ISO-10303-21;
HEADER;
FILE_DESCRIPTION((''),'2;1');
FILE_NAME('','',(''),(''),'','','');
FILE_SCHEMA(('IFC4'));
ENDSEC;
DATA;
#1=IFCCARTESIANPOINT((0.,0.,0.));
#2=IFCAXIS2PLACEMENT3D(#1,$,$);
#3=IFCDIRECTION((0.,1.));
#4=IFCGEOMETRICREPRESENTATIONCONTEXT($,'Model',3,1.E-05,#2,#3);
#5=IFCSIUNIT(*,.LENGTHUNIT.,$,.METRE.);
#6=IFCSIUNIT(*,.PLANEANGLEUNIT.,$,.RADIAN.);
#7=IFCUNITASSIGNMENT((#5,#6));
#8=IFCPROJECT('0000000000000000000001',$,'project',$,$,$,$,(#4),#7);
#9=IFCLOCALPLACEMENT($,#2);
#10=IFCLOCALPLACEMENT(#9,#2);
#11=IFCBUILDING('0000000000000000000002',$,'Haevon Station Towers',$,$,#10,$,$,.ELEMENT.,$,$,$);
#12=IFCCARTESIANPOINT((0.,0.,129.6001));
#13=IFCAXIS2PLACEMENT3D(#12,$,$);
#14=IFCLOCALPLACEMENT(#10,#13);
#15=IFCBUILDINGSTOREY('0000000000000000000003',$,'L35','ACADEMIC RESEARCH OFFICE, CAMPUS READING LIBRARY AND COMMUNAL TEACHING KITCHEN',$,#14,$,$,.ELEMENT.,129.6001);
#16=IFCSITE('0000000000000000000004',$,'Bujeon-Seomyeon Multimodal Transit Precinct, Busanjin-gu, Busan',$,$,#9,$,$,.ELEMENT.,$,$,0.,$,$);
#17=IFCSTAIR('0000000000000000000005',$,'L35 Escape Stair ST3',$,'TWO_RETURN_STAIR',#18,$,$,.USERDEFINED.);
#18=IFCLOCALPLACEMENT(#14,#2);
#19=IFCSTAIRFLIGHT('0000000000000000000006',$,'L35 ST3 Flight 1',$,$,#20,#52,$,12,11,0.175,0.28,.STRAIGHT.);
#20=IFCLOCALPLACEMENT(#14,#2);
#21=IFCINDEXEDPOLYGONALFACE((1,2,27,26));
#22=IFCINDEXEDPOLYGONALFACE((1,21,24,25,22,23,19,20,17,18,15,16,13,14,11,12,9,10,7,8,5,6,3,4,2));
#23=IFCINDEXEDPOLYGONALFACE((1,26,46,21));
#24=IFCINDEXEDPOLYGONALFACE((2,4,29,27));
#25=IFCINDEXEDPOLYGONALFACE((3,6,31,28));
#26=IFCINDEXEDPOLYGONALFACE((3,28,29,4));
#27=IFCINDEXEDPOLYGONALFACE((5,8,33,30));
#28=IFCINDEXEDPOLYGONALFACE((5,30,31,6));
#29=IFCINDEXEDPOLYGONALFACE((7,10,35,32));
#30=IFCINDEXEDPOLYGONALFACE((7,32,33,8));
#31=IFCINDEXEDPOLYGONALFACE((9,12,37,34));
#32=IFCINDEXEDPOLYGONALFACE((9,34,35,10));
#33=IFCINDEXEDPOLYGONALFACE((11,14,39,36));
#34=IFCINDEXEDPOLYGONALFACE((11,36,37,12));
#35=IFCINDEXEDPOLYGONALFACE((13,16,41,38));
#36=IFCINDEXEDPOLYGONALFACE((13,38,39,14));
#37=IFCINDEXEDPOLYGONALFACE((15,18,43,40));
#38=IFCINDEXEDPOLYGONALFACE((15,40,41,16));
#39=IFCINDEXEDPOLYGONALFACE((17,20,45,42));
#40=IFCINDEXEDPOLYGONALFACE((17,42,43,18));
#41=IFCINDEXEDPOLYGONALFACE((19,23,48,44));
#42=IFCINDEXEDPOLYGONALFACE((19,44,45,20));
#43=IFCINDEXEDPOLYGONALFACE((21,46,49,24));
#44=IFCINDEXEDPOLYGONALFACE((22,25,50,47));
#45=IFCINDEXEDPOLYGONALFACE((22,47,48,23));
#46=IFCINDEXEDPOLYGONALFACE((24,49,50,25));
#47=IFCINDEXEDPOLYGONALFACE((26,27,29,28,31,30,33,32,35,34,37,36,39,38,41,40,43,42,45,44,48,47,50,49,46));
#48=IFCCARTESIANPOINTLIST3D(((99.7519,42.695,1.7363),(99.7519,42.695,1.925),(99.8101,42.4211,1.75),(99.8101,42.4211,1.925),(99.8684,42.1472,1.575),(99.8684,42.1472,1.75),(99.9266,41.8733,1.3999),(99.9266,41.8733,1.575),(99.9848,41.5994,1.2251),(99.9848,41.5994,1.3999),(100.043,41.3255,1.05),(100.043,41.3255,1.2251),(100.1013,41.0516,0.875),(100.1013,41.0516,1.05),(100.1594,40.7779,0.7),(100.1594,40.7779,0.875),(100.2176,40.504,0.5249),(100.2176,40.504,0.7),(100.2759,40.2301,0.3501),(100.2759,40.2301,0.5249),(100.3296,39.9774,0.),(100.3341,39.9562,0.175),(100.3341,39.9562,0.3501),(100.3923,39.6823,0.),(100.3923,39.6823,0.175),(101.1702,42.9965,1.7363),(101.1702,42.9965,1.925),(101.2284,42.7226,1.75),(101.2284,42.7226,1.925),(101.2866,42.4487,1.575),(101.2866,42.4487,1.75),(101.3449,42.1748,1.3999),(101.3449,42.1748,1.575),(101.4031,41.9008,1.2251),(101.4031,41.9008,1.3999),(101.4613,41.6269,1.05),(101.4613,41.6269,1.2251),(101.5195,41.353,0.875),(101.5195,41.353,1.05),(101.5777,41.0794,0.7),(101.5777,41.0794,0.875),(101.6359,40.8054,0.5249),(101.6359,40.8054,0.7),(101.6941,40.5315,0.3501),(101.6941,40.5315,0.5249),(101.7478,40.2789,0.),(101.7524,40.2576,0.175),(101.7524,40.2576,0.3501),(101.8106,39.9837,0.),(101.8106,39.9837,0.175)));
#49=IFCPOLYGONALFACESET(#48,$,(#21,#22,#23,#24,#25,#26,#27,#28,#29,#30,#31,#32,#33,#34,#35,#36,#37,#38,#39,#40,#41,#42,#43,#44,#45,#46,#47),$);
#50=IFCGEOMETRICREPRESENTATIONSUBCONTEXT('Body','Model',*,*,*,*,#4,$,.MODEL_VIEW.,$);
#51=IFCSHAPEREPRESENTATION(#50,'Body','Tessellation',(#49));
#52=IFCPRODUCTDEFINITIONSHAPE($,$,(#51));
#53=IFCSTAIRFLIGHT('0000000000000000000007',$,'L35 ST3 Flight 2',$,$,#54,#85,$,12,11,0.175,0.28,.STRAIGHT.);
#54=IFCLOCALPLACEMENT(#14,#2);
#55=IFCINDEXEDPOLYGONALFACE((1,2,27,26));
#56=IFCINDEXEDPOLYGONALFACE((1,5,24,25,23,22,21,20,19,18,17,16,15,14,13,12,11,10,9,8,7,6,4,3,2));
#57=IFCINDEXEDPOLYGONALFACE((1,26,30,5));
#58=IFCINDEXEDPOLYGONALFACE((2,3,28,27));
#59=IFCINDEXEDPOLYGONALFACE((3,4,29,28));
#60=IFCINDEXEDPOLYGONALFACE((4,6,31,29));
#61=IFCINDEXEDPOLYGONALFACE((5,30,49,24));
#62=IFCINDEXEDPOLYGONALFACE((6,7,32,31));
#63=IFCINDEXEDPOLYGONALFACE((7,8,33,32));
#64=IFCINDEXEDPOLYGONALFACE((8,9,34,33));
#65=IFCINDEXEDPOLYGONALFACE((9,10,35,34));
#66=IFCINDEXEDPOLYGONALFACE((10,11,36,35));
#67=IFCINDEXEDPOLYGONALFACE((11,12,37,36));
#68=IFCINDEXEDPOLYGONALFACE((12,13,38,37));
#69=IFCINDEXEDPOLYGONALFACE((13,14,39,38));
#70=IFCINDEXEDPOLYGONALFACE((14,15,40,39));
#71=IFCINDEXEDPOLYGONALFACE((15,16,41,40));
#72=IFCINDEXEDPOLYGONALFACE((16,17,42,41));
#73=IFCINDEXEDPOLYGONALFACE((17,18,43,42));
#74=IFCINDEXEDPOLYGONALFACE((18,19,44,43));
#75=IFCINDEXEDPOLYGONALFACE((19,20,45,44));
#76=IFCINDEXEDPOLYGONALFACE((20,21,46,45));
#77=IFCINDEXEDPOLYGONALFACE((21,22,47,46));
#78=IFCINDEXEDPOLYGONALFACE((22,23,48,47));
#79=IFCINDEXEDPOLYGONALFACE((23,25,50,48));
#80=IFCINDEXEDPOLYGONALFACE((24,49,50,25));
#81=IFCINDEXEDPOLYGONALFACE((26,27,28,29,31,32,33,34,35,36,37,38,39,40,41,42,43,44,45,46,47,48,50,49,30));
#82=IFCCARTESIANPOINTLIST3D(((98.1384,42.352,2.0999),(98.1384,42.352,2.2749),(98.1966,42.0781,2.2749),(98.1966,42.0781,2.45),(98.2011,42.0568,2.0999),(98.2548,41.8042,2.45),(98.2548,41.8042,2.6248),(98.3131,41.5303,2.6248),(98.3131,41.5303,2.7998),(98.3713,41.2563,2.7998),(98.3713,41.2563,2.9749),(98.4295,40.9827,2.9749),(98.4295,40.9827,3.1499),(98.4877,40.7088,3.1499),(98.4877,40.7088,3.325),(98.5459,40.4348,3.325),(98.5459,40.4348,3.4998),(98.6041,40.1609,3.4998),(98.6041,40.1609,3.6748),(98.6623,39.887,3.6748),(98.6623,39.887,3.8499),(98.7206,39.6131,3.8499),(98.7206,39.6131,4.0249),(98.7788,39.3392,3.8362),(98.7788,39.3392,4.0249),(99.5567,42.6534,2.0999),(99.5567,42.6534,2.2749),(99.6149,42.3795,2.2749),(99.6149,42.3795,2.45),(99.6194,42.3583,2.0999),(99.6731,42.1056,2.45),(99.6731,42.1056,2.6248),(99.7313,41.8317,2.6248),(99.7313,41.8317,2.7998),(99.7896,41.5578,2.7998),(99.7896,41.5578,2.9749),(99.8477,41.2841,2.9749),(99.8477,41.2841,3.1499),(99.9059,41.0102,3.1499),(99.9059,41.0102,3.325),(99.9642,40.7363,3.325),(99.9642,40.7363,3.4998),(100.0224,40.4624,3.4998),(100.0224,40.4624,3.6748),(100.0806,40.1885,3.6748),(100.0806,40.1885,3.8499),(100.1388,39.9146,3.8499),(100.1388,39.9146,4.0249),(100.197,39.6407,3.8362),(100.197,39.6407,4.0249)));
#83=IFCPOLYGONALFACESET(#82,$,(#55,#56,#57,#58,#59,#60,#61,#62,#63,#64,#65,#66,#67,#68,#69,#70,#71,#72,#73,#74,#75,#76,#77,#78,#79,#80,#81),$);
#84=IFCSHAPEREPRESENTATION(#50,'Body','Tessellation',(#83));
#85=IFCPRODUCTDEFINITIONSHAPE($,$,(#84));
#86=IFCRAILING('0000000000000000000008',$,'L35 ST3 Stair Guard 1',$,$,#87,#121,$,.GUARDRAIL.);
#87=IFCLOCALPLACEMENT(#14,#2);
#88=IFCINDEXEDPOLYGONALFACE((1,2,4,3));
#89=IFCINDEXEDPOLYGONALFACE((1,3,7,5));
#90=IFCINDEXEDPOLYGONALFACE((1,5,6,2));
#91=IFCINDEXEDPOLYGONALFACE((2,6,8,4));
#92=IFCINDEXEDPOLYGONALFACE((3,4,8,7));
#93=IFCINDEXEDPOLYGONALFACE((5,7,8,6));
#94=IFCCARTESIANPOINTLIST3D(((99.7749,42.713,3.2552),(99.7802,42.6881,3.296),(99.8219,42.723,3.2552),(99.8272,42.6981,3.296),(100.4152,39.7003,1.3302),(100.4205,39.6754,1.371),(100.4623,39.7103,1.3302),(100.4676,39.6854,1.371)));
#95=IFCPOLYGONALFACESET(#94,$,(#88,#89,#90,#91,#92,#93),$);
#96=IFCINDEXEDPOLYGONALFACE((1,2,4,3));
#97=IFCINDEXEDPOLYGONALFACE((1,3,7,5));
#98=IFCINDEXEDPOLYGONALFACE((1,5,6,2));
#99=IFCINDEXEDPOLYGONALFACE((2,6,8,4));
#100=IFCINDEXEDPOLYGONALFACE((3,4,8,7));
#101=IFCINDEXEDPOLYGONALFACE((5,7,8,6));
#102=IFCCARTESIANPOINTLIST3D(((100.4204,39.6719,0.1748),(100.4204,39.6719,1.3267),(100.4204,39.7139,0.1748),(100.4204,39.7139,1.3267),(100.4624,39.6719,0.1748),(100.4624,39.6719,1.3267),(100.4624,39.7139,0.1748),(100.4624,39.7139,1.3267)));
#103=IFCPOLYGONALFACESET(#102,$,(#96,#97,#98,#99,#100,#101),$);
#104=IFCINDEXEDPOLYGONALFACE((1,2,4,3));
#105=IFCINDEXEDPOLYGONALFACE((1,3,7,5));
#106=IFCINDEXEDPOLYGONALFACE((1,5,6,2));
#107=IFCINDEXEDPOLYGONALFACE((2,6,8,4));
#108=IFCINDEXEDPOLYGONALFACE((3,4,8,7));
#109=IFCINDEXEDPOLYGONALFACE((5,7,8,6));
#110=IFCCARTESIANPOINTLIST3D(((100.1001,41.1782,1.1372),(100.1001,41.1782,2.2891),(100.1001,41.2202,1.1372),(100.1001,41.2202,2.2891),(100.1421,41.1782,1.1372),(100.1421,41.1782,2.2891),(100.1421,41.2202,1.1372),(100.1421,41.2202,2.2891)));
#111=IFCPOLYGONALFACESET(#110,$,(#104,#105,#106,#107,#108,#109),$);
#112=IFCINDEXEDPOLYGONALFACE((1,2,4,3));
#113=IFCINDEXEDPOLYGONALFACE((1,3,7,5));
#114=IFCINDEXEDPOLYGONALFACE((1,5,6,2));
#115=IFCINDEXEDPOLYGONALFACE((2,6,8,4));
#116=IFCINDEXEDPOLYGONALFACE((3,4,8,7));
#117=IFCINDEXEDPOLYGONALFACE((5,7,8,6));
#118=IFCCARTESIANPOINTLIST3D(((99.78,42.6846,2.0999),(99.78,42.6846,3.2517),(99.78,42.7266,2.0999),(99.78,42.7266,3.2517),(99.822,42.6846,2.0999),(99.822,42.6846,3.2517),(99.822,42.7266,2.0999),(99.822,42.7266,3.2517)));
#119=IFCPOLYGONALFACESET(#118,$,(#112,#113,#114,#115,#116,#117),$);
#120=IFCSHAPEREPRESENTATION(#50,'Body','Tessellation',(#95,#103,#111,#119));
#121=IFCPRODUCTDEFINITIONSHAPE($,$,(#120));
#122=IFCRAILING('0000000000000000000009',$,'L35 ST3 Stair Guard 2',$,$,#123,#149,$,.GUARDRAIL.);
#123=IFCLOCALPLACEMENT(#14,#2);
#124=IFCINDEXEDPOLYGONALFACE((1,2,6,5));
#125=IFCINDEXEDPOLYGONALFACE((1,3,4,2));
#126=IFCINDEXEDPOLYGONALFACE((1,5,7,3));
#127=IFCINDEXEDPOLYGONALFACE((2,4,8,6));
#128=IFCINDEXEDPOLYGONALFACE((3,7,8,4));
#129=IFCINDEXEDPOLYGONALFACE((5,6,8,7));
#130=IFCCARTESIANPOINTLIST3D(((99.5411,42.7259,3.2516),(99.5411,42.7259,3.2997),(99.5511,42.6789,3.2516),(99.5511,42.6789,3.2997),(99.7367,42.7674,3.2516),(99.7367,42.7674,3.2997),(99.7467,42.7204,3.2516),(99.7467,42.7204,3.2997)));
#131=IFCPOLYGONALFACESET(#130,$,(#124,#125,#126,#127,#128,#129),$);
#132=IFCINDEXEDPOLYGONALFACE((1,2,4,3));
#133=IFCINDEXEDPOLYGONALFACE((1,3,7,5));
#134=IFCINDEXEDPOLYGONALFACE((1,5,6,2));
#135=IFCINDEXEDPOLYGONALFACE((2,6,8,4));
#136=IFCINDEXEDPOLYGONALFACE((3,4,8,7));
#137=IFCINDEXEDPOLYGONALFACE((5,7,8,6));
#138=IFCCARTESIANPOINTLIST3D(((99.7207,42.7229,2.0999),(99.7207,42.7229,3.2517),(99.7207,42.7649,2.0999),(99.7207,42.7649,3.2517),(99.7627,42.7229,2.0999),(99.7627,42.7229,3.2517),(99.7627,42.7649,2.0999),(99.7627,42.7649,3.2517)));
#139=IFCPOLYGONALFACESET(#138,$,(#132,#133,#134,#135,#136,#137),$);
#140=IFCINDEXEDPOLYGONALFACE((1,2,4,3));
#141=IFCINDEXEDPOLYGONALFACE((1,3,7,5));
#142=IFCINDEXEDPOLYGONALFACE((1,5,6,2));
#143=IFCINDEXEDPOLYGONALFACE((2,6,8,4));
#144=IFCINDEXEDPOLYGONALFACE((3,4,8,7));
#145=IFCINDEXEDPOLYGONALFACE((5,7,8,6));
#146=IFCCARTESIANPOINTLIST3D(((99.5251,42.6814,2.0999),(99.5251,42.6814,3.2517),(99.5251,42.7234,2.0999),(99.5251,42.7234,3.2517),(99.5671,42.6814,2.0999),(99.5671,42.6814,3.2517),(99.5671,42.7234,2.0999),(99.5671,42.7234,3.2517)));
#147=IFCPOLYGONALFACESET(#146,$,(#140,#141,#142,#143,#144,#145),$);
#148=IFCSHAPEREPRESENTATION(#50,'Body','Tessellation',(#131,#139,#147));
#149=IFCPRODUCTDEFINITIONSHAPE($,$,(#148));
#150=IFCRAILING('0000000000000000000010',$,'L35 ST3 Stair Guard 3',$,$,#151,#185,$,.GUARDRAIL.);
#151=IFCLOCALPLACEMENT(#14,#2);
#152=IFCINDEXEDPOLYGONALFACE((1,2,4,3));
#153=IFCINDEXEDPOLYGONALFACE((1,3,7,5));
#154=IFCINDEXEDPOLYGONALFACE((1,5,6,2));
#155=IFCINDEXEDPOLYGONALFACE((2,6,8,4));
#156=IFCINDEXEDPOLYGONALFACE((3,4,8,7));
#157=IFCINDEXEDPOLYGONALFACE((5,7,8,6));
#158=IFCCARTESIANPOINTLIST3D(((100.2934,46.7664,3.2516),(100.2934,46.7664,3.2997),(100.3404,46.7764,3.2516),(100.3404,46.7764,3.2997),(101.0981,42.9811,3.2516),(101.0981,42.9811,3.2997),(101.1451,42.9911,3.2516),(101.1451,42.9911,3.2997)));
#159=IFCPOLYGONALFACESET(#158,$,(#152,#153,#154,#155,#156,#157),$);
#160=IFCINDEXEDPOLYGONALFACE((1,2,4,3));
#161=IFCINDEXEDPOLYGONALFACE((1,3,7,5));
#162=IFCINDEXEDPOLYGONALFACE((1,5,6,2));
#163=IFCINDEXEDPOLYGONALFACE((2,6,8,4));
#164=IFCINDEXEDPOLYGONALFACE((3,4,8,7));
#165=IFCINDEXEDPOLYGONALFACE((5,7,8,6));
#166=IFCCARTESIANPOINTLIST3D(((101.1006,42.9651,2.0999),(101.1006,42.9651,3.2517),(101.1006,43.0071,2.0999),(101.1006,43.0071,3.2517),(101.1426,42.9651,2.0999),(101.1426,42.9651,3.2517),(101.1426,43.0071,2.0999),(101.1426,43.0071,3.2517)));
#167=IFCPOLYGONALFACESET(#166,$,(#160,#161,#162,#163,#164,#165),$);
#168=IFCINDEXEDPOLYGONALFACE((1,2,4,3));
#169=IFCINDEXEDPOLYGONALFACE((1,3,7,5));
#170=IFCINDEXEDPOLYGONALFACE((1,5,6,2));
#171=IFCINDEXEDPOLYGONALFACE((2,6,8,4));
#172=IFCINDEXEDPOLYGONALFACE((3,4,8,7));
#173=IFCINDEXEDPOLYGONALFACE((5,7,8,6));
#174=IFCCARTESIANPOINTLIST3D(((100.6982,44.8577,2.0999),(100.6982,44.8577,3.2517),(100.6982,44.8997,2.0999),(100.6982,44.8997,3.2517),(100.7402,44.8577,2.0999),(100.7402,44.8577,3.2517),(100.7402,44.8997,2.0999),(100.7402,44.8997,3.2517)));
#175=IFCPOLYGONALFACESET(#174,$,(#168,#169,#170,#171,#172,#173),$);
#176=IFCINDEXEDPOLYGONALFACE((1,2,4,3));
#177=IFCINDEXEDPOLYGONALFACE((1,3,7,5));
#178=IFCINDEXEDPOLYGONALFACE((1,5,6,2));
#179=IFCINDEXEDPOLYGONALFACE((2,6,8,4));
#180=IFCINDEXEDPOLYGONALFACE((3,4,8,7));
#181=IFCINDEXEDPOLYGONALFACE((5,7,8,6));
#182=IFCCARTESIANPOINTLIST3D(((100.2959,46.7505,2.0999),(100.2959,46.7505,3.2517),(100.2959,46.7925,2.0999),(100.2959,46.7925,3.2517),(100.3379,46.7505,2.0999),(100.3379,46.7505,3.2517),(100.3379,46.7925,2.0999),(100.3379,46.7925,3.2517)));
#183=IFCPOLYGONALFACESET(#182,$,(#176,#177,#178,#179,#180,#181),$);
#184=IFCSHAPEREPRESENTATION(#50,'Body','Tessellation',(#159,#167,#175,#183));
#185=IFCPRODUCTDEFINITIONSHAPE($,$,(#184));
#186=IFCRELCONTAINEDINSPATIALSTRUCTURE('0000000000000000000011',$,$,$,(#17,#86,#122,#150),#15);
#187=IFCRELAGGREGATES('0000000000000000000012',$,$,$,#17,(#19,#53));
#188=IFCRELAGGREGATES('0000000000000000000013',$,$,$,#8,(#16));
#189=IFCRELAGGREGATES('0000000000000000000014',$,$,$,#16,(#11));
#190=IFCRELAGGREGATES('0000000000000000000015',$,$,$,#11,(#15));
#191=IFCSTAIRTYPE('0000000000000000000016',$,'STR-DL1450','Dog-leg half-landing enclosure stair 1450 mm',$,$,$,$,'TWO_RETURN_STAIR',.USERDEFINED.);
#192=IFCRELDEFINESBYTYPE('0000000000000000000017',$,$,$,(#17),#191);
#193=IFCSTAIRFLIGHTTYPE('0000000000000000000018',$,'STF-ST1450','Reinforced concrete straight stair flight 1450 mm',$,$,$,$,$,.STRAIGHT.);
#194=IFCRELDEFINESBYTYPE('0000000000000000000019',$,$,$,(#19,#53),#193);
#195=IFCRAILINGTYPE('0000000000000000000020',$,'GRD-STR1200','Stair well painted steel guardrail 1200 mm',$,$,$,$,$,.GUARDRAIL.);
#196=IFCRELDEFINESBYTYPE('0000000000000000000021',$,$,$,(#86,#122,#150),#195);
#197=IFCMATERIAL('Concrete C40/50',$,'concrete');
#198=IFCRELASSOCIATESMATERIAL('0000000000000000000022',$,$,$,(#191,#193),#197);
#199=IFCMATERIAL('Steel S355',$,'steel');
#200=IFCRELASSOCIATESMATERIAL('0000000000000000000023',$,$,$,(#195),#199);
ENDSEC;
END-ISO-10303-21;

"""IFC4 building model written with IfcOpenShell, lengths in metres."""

from ifc_helpers import new_model, si_unit, direction, frame, origin, origin_2d, place, context, subcontext, project, spatial, polyline, rectangle, outline, extrude, material, type_object, element, aggregate, save


model = new_model("IFC4")

# Units and contexts
model_context = context("Model", 3, precision=1e-05, world=origin(), true_north=direction((0.0, 1.0)))
body_context = subcontext(model_context, "Body", "Model", "MODEL_VIEW")
ifc_project = project(units=[si_unit("LENGTHUNIT", "METRE"), si_unit("PLANEANGLEUNIT", "RADIAN")], contexts=[model_context])

# Site, building, storey
site_placement = place(None, origin())
site = spatial("IfcSite", under=ifc_project, at=site_placement, Name="Bujeon-Seomyeon Multimodal Transit Precinct, Busanjin-gu, Busan", CompositionType="ELEMENT", RefElevation=0.0)
building_placement = place(site_placement, origin())
building = spatial("IfcBuilding", under=site, at=building_placement, Name="Haevon Station Towers", CompositionType="ELEMENT")
storey_placement = place(building_placement, frame((0.0, 0.0, 129.6001)))
storey = spatial("IfcBuildingStorey", under=building, at=storey_placement, Name="L35", Description="ACADEMIC RESEARCH OFFICE, CAMPUS READING LIBRARY AND COMMUNAL TEACHING KITCHEN", CompositionType="ELEMENT", Elevation=129.6001)

# Shared definitions
ifc_material_1 = material(Name="Steel S355", Category="steel")

# Shared definitions
ifc_material_2 = material(Name="Concrete C40/50", Category="concrete")

# Stair, stair flights
stair_type = type_object("IfcStairType", Name="STR-DL1450", Description="Dog-leg half-landing enclosure stair 1450 mm", ElementType="TWO_RETURN_STAIR", PredefinedType="USERDEFINED", material=ifc_material_2)
stair_placement = place(storey_placement, origin())
stair = element("IfcStair", 1, at=stair_placement, inside=storey, type_object=stair_type, Name="L35 Escape Stair ST3", ObjectType="TWO_RETURN_STAIR", PredefinedType="USERDEFINED")
stair_flight_type = type_object("IfcStairFlightType", Name="STF-ST1450", Description="Reinforced concrete straight stair flight 1450 mm", PredefinedType="STRAIGHT", material=ifc_material_2)
stair_flight_1_placement = place(storey_placement, frame((101.1016, 39.833, 0.0), z_axis=(0.0, 0.0, 1.0), x_axis=(-0.207912, 0.978148, 0.0)))
stair_flight_1 = element("IfcStairFlight", 2, at=stair_flight_1_placement, type_object=stair_flight_type, Name="L35 ST3 Flight 1", NumberOfRisers=12, NumberOfTreads=11, PredefinedType="STRAIGHT", RiserHeight=0.175, TreadLength=0.28, context=body_context, shape_type="SweptSolid", body=[
    extrude(outline(polyline([(0.0, 0.0), (0.0, 0.175), (0.28, 0.175), (0.28, 0.3501), (0.5601, 0.3501), (0.5601, 0.5249), (0.8401, 0.5249), (0.8401, 0.7), (1.1201, 0.7), (1.1201, 0.875), (1.3999, 0.875), (1.3999, 1.05), (1.6799, 1.05), (1.6799, 1.2251), (1.96, 1.2251), (1.96, 1.3999), (2.24, 1.3999), (2.24, 1.575), (2.52, 1.575), (2.52, 1.75), (2.8, 1.75), (2.8, 1.925), (3.0801, 1.925), (3.0801, 2.1001), (3.0801, 1.7363), (0.3018, 0.0), (0.0, 0.0)])), frame((0.0, 0.7251, 0.0), z_axis=(0.0, -1.0, 0.0), x_axis=(1.0, 0.0, 0.0)), (0.0, 0.0, 1.0), 1.45),
])
stair_flight_2_placement = place(storey_placement, frame((98.8474, 42.5027, 2.0999), z_axis=(0.0, 0.0, 1.0), x_axis=(0.207912, -0.978148, 0.0)))
stair_flight_2 = element("IfcStairFlight", 3, at=stair_flight_2_placement, type_object=stair_flight_type, Name="L35 ST3 Flight 2", NumberOfRisers=12, NumberOfTreads=11, PredefinedType="STRAIGHT", RiserHeight=0.175, TreadLength=0.28, context=body_context, shape_type="SweptSolid", body=[
    extrude(outline(polyline([(0.0, 0.0), (0.0, 0.175), (0.28, 0.175), (0.28, 0.3501), (0.5601, 0.3501), (0.5601, 0.5249), (0.8401, 0.5249), (0.8401, 0.7), (1.1201, 0.7), (1.1201, 0.875), (1.3999, 0.875), (1.3999, 1.05), (1.6799, 1.05), (1.6799, 1.2251), (1.96, 1.2251), (1.96, 1.3999), (2.24, 1.3999), (2.24, 1.575), (2.52, 1.575), (2.52, 1.75), (2.8, 1.75), (2.8, 1.925), (3.0801, 1.925), (3.0801, 2.1001), (3.0801, 1.7363), (0.3018, 0.0), (0.0, 0.0)])), frame((0.0, 0.7251, 0.0), z_axis=(0.0, -1.0, 0.0), x_axis=(1.0, 0.0, 0.0)), (0.0, 0.0, 1.0), 1.45),
])
aggregate(stair, [stair_flight_1, stair_flight_2])

# Railings
railing_type_1 = type_object("IfcRailingType", Name="GRD-STR1200", Description="Stair well painted steel guardrail 1200 mm", PredefinedType="GUARDRAIL", material=ifc_material_1)
railing_1_placement = place(storey_placement, frame((100.4414, 39.6929, 0.1748)))
element("IfcRailing", 4, at=railing_1_placement, inside=storey, type_object=railing_type_1, Name="L35 ST3 Stair Guard 1", PredefinedType="GUARDRAIL", context=body_context, shape_type="SweptSolid", body=[
    extrude(rectangle(XDim=0.0481, YDim=0.0481, at=origin_2d()), frame((0.0, 0.0, 1.1758), z_axis=(-0.176311, 0.829461, 0.530008), x_axis=(-0.978147, -0.207916, 0.0)), (0.0, 0.0, 1.0), 3.6321),
    extrude(rectangle(XDim=0.042, YDim=0.042, at=origin_2d()), origin(), (0.0, 0.0, 1.0), 1.1519),
    extrude(rectangle(XDim=0.042, YDim=0.042, at=origin_2d()), frame((-0.3203, 1.5063, 0.9624)), (0.0, 0.0, 1.0), 1.1519),
    extrude(rectangle(XDim=0.042, YDim=0.042, at=origin_2d()), frame((-0.6404, 3.0127, 1.925)), (0.0, 0.0, 1.0), 1.1519),
])
railing_2_placement = place(storey_placement, frame((99.7417, 42.7439, 2.0999)))
element("IfcRailing", 5, at=railing_2_placement, inside=storey, type_object=railing_type_1, Name="L35 ST3 Stair Guard 2", PredefinedType="GUARDRAIL", context=body_context, shape_type="SweptSolid", body=[
    extrude(rectangle(XDim=0.0481, YDim=0.0481, at=origin_2d()), frame((0.0, 0.0, 1.1758), z_axis=(-0.978212, -0.20761, 0.0), x_axis=(0.20761, -0.978212, 0.0)), (0.0, 0.0, 1.0), 0.2),
    extrude(rectangle(XDim=0.042, YDim=0.042, at=origin_2d()), origin(), (0.0, 0.0, 1.0), 1.1519),
    extrude(rectangle(XDim=0.042, YDim=0.042, at=origin_2d()), frame((-0.1956, -0.0415, 0.0)), (0.0, 0.0, 1.0), 1.1519),
])
railing_3_placement = place(storey_placement, frame((101.1216, 42.9861, 2.0999)))
element("IfcRailing", 6, at=railing_3_placement, inside=storey, type_object=railing_type_1, Name="L35 ST3 Stair Guard 3", PredefinedType="GUARDRAIL", context=body_context, shape_type="SweptSolid", body=[
    extrude(rectangle(XDim=0.0481, YDim=0.0481, at=origin_2d()), frame((0.0, 0.0, 1.1758), z_axis=(-0.20793, 0.978144, 0.0), x_axis=(-0.978144, -0.20793, 0.0)), (0.0, 0.0, 1.0), 3.8699),
    extrude(rectangle(XDim=0.042, YDim=0.042, at=origin_2d()), origin(), (0.0, 0.0, 1.0), 1.1519),
    extrude(rectangle(XDim=0.042, YDim=0.042, at=origin_2d()), frame((-0.4023, 1.8926, 0.0)), (0.0, 0.0, 1.0), 1.1519),
    extrude(rectangle(XDim=0.042, YDim=0.042, at=origin_2d()), frame((-0.8047, 3.7854, 0.0)), (0.0, 0.0, 1.0), 1.1519),
])

save(model, "model.ifc")
